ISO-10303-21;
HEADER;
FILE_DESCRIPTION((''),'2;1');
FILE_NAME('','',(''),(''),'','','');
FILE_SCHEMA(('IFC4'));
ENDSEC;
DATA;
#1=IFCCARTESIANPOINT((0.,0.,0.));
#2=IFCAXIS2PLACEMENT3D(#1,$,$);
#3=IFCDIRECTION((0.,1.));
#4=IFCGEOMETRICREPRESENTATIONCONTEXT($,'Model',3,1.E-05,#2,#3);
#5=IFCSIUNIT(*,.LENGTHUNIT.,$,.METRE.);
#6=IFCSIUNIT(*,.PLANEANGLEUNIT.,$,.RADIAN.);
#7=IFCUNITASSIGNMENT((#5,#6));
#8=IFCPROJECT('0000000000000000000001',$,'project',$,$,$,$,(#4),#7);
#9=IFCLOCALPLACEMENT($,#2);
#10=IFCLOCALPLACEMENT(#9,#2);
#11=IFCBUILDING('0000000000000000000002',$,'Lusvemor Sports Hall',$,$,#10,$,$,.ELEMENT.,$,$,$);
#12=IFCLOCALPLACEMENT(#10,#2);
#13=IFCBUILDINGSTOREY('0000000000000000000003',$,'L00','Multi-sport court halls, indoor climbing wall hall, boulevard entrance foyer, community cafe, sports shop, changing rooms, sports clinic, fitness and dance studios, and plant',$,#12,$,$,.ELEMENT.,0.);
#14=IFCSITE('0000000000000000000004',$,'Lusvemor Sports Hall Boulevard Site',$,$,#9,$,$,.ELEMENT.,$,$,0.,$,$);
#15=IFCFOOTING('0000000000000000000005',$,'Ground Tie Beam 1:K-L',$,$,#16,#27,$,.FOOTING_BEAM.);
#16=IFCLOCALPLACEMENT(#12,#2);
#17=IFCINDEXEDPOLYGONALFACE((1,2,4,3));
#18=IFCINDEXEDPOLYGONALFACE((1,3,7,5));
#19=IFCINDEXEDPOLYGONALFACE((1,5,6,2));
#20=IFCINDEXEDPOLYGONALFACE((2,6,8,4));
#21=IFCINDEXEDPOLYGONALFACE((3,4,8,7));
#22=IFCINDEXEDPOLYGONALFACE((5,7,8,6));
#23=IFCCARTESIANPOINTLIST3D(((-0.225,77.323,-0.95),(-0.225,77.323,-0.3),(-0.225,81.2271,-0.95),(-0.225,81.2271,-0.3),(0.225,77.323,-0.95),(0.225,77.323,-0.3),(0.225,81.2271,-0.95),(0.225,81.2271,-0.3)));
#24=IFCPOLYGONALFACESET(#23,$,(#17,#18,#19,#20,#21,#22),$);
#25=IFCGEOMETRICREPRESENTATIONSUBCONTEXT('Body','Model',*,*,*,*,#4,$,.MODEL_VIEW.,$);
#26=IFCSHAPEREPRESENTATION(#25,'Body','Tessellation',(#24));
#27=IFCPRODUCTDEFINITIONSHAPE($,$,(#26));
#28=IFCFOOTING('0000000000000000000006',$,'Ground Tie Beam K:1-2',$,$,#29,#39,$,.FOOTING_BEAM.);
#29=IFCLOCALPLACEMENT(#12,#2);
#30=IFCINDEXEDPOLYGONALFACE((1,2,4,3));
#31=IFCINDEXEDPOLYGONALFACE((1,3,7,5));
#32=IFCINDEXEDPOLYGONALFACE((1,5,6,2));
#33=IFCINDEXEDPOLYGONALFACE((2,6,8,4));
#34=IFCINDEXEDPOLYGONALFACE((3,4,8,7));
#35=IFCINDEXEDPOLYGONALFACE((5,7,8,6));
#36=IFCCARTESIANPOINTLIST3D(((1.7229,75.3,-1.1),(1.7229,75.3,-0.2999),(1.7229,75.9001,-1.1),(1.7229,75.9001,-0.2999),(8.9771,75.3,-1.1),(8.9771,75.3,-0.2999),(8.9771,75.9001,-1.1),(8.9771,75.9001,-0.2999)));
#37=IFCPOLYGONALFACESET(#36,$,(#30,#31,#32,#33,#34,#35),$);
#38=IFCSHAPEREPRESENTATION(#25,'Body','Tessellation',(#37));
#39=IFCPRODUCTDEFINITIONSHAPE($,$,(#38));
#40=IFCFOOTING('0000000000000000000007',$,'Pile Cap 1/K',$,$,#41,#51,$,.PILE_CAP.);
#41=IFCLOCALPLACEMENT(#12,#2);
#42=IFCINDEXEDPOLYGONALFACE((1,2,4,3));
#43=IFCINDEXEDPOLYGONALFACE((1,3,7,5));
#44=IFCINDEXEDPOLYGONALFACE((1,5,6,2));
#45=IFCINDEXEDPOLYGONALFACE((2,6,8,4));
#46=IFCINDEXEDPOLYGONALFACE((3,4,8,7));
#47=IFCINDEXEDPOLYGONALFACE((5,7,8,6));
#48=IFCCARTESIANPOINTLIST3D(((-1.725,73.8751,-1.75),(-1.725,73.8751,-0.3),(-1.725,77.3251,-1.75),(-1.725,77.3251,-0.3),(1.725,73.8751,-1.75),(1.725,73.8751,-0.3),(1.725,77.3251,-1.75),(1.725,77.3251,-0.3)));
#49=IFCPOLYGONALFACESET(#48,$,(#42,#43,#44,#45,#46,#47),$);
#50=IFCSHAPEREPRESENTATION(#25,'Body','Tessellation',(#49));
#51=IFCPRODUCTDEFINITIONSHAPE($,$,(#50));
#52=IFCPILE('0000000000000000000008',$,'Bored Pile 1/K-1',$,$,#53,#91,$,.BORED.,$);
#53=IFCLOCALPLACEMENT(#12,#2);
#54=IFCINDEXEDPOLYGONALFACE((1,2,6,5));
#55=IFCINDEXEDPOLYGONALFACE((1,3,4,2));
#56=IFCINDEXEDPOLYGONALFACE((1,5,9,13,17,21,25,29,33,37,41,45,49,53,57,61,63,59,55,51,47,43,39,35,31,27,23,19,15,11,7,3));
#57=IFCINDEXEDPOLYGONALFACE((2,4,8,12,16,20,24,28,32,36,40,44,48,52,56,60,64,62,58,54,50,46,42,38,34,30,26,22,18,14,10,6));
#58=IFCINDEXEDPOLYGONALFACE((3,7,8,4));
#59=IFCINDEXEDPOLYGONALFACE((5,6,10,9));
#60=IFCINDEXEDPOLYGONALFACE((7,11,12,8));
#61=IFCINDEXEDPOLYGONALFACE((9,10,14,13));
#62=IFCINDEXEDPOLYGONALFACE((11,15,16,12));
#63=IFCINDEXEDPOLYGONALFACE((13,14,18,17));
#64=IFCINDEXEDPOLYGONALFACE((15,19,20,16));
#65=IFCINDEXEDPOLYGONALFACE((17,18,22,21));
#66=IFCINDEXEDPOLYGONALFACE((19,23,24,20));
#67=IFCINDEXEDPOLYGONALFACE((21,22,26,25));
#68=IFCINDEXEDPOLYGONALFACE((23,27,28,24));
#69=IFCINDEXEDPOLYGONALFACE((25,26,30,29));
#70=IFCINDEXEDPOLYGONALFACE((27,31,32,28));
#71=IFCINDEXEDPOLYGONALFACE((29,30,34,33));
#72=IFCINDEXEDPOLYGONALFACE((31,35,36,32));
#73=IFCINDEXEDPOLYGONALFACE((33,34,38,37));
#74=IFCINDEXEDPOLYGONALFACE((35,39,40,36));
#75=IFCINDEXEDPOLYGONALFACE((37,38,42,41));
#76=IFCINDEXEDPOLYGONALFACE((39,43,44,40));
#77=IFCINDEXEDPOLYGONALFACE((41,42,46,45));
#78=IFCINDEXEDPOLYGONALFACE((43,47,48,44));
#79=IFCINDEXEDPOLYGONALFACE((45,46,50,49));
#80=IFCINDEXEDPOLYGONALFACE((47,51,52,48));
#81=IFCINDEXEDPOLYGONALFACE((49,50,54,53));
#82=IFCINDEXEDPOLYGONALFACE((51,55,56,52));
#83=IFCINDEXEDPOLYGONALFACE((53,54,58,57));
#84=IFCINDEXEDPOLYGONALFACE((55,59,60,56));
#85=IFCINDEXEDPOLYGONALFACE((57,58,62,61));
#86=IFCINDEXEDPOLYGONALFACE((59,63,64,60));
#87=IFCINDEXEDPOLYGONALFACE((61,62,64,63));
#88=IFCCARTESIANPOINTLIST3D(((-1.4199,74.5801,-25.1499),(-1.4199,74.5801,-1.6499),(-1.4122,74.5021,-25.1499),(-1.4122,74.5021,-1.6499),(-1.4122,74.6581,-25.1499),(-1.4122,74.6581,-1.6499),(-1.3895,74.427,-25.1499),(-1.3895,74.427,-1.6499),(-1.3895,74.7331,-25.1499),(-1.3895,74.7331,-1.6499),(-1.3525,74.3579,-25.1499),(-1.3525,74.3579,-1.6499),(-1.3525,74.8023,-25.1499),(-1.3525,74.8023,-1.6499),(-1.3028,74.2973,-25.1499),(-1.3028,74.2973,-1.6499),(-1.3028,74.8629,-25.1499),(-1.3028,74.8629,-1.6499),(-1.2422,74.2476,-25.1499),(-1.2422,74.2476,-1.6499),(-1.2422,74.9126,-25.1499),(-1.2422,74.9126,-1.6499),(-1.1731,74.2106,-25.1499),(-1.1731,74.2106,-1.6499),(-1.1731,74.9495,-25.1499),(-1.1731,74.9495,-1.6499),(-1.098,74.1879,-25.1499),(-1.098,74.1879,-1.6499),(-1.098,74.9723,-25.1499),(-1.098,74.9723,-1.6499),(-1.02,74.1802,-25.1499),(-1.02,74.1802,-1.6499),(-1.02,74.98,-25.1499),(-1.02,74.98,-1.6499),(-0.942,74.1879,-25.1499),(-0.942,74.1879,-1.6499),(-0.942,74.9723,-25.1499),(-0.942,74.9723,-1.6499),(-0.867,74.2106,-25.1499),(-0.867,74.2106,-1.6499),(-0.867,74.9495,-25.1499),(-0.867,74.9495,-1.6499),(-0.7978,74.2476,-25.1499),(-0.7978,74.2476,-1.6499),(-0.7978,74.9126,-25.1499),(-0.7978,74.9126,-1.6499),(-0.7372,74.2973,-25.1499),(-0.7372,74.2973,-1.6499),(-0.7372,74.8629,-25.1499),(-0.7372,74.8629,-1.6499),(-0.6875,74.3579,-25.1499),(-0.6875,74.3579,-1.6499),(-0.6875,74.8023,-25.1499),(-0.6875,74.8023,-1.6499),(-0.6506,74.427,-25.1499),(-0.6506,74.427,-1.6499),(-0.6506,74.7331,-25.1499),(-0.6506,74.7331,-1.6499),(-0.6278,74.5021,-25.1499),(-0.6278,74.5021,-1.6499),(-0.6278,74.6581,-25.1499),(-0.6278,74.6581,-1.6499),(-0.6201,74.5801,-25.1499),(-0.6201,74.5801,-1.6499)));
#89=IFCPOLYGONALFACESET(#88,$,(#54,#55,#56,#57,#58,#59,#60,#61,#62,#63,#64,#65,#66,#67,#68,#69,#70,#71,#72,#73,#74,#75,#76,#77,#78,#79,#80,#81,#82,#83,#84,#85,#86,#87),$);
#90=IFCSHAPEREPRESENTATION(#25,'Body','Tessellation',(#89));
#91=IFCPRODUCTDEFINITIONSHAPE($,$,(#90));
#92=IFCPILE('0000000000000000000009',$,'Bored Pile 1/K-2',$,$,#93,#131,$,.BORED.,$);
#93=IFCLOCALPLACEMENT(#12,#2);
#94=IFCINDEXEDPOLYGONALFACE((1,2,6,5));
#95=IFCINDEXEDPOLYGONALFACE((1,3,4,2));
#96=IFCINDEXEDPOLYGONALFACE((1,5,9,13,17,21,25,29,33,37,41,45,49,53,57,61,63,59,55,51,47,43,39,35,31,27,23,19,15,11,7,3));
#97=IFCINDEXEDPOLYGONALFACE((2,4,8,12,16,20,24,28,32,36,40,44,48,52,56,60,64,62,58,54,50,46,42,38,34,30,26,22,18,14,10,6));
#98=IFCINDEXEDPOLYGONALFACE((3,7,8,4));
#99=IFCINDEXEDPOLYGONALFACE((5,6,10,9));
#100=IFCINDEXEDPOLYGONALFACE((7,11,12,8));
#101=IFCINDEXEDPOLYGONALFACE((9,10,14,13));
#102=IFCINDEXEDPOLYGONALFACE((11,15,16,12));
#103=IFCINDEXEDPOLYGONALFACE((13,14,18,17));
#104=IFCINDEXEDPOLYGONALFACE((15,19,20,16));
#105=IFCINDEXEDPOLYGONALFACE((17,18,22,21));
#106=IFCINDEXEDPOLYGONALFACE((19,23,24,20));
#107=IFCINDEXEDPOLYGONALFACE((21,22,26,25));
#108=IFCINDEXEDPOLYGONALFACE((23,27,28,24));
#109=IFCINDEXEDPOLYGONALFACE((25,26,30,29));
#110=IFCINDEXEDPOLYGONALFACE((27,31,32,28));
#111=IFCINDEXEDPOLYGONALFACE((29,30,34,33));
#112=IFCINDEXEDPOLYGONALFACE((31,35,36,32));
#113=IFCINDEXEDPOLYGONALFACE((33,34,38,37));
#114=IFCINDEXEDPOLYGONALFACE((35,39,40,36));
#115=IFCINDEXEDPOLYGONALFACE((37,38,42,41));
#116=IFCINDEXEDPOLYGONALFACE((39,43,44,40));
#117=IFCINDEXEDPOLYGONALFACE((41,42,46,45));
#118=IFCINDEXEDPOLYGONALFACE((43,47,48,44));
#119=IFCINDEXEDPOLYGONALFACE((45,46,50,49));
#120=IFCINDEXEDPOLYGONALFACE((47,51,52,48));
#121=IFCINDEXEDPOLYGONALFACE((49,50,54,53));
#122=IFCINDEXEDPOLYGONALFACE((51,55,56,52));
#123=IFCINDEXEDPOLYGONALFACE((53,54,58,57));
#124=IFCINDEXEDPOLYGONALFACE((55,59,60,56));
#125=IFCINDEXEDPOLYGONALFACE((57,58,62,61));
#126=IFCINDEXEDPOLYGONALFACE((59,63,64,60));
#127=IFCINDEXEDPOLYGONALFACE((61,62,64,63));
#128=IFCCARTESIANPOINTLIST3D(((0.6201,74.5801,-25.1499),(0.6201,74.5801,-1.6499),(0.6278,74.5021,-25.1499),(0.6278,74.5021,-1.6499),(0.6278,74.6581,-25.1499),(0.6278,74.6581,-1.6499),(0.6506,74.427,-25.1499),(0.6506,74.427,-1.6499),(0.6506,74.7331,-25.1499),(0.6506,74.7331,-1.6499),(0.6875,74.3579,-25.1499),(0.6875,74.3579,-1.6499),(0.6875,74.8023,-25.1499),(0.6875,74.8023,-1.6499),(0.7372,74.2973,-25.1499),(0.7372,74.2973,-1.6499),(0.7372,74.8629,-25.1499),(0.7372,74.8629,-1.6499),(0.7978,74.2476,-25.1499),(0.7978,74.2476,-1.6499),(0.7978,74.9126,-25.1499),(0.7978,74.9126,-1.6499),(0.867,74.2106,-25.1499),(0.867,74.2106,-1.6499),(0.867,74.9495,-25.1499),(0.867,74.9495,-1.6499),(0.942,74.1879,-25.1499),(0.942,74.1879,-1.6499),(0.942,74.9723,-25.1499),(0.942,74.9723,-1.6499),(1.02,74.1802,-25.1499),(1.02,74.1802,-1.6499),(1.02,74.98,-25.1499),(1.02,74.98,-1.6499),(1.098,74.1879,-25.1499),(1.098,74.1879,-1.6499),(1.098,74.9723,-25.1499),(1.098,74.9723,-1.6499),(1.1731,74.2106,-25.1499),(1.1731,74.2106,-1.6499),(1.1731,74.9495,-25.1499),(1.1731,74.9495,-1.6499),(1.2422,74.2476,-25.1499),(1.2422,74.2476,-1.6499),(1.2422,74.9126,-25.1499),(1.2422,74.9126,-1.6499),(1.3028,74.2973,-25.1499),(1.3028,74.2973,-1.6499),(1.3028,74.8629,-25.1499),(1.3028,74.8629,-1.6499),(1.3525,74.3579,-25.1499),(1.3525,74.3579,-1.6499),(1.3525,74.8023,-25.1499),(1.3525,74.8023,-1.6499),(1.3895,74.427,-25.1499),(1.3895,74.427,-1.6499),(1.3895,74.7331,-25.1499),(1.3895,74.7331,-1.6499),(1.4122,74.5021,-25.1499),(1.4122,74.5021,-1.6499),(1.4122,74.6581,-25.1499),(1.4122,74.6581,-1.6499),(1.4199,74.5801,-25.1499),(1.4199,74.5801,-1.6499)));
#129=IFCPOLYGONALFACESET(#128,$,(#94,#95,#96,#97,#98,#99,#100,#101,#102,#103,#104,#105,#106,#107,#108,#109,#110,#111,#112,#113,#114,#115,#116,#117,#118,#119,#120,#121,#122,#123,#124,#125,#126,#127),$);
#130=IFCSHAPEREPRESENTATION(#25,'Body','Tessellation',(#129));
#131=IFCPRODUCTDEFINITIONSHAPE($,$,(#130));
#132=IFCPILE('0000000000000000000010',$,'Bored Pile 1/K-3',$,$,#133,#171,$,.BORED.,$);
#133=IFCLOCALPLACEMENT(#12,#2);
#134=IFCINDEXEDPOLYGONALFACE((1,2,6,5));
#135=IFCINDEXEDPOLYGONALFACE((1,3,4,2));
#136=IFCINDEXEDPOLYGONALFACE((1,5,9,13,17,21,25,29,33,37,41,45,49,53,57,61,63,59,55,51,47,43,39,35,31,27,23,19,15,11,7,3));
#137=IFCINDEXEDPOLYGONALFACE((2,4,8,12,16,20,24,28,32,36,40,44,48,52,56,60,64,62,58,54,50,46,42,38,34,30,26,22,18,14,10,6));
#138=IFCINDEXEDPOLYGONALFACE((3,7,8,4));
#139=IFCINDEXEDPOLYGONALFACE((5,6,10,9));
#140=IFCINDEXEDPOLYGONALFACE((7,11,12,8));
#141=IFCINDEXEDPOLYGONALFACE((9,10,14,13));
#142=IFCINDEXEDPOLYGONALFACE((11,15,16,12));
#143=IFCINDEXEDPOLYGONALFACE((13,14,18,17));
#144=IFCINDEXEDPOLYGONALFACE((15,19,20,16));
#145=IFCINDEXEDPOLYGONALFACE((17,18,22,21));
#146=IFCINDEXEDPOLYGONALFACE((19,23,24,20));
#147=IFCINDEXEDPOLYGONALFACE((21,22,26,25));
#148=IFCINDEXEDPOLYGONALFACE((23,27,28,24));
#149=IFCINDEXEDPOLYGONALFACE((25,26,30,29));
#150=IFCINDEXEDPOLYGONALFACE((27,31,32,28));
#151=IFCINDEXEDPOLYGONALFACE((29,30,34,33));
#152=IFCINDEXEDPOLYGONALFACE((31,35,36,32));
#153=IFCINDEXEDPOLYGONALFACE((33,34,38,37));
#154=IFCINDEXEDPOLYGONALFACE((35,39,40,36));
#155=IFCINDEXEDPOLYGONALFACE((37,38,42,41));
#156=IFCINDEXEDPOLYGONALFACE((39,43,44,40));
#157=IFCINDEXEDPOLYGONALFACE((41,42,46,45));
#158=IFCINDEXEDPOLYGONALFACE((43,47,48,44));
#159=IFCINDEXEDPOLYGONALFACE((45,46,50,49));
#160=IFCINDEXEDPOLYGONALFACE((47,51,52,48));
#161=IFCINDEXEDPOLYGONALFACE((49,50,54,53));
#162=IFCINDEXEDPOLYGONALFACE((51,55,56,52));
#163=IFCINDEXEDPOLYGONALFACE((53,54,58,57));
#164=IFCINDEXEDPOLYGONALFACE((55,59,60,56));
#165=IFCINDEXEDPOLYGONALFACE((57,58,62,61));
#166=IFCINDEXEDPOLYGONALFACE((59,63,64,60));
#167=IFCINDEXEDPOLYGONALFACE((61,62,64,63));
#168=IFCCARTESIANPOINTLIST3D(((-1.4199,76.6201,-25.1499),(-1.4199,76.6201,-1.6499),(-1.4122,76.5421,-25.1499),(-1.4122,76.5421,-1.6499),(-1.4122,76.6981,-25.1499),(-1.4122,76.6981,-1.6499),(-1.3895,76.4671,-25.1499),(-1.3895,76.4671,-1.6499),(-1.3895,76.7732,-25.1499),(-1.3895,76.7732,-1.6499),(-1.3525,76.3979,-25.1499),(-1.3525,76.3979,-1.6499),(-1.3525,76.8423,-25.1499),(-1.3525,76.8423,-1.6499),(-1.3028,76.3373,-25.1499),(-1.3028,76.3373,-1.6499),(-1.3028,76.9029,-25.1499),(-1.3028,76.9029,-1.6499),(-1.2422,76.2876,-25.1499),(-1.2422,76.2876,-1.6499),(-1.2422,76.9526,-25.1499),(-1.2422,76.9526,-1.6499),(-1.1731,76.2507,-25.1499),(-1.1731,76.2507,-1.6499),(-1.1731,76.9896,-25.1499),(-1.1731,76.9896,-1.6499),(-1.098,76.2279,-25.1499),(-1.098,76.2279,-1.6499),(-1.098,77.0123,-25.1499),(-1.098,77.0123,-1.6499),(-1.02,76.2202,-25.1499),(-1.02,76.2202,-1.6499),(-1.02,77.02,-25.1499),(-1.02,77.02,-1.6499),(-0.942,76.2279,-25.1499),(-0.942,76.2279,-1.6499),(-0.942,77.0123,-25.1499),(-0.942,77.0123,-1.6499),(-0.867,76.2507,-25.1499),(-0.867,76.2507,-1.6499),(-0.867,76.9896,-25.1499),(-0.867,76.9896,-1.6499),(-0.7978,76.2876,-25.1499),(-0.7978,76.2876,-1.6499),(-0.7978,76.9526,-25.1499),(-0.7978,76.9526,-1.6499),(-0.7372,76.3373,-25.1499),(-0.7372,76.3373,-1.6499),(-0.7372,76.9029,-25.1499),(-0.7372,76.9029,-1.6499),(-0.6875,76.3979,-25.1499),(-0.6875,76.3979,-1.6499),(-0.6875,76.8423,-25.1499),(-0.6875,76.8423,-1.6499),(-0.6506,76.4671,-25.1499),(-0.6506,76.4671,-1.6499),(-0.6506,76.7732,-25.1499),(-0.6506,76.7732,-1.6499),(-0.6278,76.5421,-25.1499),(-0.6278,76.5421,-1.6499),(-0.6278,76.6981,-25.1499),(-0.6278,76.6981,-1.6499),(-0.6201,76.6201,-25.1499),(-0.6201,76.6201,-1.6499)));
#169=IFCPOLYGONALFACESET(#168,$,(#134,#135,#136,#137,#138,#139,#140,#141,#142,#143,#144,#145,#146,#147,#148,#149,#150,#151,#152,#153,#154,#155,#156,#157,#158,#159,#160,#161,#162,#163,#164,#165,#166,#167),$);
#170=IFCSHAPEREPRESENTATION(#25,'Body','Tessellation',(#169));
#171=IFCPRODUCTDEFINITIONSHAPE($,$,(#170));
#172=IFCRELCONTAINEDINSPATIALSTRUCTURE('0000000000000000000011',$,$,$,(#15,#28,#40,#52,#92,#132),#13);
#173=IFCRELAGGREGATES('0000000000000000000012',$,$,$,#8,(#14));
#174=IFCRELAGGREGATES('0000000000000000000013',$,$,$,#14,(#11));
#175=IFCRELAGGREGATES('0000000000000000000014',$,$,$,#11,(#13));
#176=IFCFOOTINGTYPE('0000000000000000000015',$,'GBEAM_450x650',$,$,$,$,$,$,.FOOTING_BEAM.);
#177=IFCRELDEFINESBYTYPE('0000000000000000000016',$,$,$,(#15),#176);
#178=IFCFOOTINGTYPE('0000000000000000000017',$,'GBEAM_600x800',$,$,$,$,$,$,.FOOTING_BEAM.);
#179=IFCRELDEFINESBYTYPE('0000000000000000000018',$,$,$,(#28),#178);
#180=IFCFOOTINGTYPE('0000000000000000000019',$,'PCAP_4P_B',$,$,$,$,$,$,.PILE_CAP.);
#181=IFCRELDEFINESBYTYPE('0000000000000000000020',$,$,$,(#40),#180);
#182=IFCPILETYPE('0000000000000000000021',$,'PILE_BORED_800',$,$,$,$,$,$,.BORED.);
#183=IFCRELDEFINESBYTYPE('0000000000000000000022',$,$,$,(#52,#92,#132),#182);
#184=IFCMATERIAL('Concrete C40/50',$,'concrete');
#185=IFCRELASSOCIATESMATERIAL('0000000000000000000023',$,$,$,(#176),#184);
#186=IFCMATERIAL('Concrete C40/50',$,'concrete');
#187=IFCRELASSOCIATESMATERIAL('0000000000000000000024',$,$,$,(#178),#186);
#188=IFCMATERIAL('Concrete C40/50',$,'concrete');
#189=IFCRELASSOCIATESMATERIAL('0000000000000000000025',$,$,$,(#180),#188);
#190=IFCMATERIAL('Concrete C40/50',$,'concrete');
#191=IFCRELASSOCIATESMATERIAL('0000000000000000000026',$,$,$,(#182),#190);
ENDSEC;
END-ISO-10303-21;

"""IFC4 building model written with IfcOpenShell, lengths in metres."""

from ifc_helpers import new_model, si_unit, direction, frame, origin, origin_2d, place, context, subcontext, project, spatial, rectangle, circle, extrude, material, material_profile, profile_set, type_object, element, save


model = new_model("IFC4")

# Units and contexts
model_context = context("Model", 3, precision=1e-05, world=origin(), true_north=direction((0.0, 1.0)))
body_context = subcontext(model_context, "Body", "Model", "MODEL_VIEW")
ifc_project = project(units=[si_unit("LENGTHUNIT", "METRE"), si_unit("PLANEANGLEUNIT", "RADIAN")], contexts=[model_context])

# Site, building, storey
site_placement = place(None, origin())
site = spatial("IfcSite", under=ifc_project, at=site_placement, Name="Lusvemor Sports Hall Boulevard Site", CompositionType="ELEMENT", RefElevation=0.0)
building_placement = place(site_placement, origin())
building = spatial("IfcBuilding", under=site, at=building_placement, Name="Lusvemor Sports Hall", CompositionType="ELEMENT")
storey_placement = place(building_placement, origin())
storey = spatial("IfcBuildingStorey", under=building, at=storey_placement, Name="L00", Description="Multi-sport court halls, indoor climbing wall hall, boulevard entrance foyer, community cafe, sports shop, changing rooms, sports clinic, fitness and dance studios, and plant", CompositionType="ELEMENT", Elevation=0.0)

# Footings
ifc_material_1 = material(Name="Concrete C40/50", Category="concrete")
ifc_material_profile_1 = material_profile(ifc_material_1, rectangle(XDim=0.45, YDim=0.6499, at=origin_2d()), Name="GB_450x650")
ifc_profile_set_1 = profile_set([ifc_material_profile_1], Name="Concrete C40/50")
footing_type_1 = type_object("IfcFootingType", Name="GBEAM_450x650", PredefinedType="FOOTING_BEAM", material=ifc_profile_set_1)
footing_1_placement = place(storey_placement, frame((0.0, 77.323, -0.625), z_axis=(0.0, 1.0, 0.0), x_axis=(-1.0, 0.0, 0.0)))
element("IfcFooting", 1, at=footing_1_placement, inside=storey, type_object=footing_type_1, Name="Ground Tie Beam 1:K-L", PredefinedType="FOOTING_BEAM", context=body_context, shape_type="SweptSolid", body=[
    extrude(rectangle(XDim=0.45, YDim=0.6499, at=origin_2d()), origin(), (0.0, 0.0, 1.0), 3.9041),
])
ifc_material_2 = material(Name="Concrete C40/50", Category="concrete")
ifc_material_profile_2 = material_profile(ifc_material_2, rectangle(XDim=0.6001, YDim=0.8, at=origin_2d()), Name="GB_600x800")
ifc_profile_set_2 = profile_set([ifc_material_profile_2], Name="Concrete C40/50")
footing_type_2 = type_object("IfcFootingType", Name="GBEAM_600x800", PredefinedType="FOOTING_BEAM", material=ifc_profile_set_2)
footing_2_placement = place(storey_placement, frame((1.7229, 75.6001, -0.7), z_axis=(1.0, 0.0, 0.0), x_axis=(0.0, 1.0, 0.0)))
element("IfcFooting", 2, at=footing_2_placement, inside=storey, type_object=footing_type_2, Name="Ground Tie Beam K:1-2", PredefinedType="FOOTING_BEAM", context=body_context, shape_type="SweptSolid", body=[
    extrude(rectangle(XDim=0.6001, YDim=0.8, at=origin_2d()), origin(), (0.0, 0.0, 1.0), 7.2542),
])
ifc_material_3 = material(Name="Concrete C40/50", Category="concrete")
footing_type_3 = type_object("IfcFootingType", Name="PCAP_4P_B", PredefinedType="PILE_CAP", material=ifc_material_3)
footing_3_placement = place(storey_placement, frame((0.0, 75.6001, -1.75), z_axis=(0.0, 0.0, 1.0), x_axis=(1.0, 0.0, 0.0)))
element("IfcFooting", 3, at=footing_3_placement, inside=storey, type_object=footing_type_3, Name="Pile Cap 1/K", PredefinedType="PILE_CAP", context=body_context, shape_type="SweptSolid", body=[
    extrude(rectangle(XDim=3.45, YDim=3.45, at=origin_2d()), origin(), (0.0, 0.0, 1.0), 1.45),
])

# Piles
ifc_material_4 = material(Name="Concrete C40/50", Category="concrete")
ifc_material_profile_3 = material_profile(ifc_material_4, circle(Radius=0.3999, at=origin_2d()), Name="PILE800")
ifc_profile_set_3 = profile_set([ifc_material_profile_3], Name="Concrete C40/50")
pile_type = type_object("IfcPileType", Name="PILE_BORED_800", PredefinedType="BORED", material=ifc_profile_set_3)
for number, where, z_axis, x_axis, name in (
    (4, (-1.02, 74.5801, -1.6499), (0.0, 0.0, -1.0), (1.0, 0.0, 0.0), "Bored Pile 1/K-1"),
    (5, (1.02, 74.5801, -1.6499), (0.0, 0.0, -1.0), (1.0, 0.0, 0.0), "Bored Pile 1/K-2"),
    (6, (-1.02, 76.6201, -1.6499), (0.0, 0.0, -1.0), (1.0, 0.0, 0.0), "Bored Pile 1/K-3"),
):
    element("IfcPile", number, at=place(storey_placement, frame(where, z_axis=z_axis, x_axis=x_axis)), inside=storey, type_object=pile_type, Name=name, PredefinedType="BORED", context=body_context, shape_type="SweptSolid", body=[
        extrude(circle(Radius=0.3999, at=origin_2d()), origin(), (0.0, 0.0, 1.0), 23.5),
    ])

save(model, "model.ifc")
